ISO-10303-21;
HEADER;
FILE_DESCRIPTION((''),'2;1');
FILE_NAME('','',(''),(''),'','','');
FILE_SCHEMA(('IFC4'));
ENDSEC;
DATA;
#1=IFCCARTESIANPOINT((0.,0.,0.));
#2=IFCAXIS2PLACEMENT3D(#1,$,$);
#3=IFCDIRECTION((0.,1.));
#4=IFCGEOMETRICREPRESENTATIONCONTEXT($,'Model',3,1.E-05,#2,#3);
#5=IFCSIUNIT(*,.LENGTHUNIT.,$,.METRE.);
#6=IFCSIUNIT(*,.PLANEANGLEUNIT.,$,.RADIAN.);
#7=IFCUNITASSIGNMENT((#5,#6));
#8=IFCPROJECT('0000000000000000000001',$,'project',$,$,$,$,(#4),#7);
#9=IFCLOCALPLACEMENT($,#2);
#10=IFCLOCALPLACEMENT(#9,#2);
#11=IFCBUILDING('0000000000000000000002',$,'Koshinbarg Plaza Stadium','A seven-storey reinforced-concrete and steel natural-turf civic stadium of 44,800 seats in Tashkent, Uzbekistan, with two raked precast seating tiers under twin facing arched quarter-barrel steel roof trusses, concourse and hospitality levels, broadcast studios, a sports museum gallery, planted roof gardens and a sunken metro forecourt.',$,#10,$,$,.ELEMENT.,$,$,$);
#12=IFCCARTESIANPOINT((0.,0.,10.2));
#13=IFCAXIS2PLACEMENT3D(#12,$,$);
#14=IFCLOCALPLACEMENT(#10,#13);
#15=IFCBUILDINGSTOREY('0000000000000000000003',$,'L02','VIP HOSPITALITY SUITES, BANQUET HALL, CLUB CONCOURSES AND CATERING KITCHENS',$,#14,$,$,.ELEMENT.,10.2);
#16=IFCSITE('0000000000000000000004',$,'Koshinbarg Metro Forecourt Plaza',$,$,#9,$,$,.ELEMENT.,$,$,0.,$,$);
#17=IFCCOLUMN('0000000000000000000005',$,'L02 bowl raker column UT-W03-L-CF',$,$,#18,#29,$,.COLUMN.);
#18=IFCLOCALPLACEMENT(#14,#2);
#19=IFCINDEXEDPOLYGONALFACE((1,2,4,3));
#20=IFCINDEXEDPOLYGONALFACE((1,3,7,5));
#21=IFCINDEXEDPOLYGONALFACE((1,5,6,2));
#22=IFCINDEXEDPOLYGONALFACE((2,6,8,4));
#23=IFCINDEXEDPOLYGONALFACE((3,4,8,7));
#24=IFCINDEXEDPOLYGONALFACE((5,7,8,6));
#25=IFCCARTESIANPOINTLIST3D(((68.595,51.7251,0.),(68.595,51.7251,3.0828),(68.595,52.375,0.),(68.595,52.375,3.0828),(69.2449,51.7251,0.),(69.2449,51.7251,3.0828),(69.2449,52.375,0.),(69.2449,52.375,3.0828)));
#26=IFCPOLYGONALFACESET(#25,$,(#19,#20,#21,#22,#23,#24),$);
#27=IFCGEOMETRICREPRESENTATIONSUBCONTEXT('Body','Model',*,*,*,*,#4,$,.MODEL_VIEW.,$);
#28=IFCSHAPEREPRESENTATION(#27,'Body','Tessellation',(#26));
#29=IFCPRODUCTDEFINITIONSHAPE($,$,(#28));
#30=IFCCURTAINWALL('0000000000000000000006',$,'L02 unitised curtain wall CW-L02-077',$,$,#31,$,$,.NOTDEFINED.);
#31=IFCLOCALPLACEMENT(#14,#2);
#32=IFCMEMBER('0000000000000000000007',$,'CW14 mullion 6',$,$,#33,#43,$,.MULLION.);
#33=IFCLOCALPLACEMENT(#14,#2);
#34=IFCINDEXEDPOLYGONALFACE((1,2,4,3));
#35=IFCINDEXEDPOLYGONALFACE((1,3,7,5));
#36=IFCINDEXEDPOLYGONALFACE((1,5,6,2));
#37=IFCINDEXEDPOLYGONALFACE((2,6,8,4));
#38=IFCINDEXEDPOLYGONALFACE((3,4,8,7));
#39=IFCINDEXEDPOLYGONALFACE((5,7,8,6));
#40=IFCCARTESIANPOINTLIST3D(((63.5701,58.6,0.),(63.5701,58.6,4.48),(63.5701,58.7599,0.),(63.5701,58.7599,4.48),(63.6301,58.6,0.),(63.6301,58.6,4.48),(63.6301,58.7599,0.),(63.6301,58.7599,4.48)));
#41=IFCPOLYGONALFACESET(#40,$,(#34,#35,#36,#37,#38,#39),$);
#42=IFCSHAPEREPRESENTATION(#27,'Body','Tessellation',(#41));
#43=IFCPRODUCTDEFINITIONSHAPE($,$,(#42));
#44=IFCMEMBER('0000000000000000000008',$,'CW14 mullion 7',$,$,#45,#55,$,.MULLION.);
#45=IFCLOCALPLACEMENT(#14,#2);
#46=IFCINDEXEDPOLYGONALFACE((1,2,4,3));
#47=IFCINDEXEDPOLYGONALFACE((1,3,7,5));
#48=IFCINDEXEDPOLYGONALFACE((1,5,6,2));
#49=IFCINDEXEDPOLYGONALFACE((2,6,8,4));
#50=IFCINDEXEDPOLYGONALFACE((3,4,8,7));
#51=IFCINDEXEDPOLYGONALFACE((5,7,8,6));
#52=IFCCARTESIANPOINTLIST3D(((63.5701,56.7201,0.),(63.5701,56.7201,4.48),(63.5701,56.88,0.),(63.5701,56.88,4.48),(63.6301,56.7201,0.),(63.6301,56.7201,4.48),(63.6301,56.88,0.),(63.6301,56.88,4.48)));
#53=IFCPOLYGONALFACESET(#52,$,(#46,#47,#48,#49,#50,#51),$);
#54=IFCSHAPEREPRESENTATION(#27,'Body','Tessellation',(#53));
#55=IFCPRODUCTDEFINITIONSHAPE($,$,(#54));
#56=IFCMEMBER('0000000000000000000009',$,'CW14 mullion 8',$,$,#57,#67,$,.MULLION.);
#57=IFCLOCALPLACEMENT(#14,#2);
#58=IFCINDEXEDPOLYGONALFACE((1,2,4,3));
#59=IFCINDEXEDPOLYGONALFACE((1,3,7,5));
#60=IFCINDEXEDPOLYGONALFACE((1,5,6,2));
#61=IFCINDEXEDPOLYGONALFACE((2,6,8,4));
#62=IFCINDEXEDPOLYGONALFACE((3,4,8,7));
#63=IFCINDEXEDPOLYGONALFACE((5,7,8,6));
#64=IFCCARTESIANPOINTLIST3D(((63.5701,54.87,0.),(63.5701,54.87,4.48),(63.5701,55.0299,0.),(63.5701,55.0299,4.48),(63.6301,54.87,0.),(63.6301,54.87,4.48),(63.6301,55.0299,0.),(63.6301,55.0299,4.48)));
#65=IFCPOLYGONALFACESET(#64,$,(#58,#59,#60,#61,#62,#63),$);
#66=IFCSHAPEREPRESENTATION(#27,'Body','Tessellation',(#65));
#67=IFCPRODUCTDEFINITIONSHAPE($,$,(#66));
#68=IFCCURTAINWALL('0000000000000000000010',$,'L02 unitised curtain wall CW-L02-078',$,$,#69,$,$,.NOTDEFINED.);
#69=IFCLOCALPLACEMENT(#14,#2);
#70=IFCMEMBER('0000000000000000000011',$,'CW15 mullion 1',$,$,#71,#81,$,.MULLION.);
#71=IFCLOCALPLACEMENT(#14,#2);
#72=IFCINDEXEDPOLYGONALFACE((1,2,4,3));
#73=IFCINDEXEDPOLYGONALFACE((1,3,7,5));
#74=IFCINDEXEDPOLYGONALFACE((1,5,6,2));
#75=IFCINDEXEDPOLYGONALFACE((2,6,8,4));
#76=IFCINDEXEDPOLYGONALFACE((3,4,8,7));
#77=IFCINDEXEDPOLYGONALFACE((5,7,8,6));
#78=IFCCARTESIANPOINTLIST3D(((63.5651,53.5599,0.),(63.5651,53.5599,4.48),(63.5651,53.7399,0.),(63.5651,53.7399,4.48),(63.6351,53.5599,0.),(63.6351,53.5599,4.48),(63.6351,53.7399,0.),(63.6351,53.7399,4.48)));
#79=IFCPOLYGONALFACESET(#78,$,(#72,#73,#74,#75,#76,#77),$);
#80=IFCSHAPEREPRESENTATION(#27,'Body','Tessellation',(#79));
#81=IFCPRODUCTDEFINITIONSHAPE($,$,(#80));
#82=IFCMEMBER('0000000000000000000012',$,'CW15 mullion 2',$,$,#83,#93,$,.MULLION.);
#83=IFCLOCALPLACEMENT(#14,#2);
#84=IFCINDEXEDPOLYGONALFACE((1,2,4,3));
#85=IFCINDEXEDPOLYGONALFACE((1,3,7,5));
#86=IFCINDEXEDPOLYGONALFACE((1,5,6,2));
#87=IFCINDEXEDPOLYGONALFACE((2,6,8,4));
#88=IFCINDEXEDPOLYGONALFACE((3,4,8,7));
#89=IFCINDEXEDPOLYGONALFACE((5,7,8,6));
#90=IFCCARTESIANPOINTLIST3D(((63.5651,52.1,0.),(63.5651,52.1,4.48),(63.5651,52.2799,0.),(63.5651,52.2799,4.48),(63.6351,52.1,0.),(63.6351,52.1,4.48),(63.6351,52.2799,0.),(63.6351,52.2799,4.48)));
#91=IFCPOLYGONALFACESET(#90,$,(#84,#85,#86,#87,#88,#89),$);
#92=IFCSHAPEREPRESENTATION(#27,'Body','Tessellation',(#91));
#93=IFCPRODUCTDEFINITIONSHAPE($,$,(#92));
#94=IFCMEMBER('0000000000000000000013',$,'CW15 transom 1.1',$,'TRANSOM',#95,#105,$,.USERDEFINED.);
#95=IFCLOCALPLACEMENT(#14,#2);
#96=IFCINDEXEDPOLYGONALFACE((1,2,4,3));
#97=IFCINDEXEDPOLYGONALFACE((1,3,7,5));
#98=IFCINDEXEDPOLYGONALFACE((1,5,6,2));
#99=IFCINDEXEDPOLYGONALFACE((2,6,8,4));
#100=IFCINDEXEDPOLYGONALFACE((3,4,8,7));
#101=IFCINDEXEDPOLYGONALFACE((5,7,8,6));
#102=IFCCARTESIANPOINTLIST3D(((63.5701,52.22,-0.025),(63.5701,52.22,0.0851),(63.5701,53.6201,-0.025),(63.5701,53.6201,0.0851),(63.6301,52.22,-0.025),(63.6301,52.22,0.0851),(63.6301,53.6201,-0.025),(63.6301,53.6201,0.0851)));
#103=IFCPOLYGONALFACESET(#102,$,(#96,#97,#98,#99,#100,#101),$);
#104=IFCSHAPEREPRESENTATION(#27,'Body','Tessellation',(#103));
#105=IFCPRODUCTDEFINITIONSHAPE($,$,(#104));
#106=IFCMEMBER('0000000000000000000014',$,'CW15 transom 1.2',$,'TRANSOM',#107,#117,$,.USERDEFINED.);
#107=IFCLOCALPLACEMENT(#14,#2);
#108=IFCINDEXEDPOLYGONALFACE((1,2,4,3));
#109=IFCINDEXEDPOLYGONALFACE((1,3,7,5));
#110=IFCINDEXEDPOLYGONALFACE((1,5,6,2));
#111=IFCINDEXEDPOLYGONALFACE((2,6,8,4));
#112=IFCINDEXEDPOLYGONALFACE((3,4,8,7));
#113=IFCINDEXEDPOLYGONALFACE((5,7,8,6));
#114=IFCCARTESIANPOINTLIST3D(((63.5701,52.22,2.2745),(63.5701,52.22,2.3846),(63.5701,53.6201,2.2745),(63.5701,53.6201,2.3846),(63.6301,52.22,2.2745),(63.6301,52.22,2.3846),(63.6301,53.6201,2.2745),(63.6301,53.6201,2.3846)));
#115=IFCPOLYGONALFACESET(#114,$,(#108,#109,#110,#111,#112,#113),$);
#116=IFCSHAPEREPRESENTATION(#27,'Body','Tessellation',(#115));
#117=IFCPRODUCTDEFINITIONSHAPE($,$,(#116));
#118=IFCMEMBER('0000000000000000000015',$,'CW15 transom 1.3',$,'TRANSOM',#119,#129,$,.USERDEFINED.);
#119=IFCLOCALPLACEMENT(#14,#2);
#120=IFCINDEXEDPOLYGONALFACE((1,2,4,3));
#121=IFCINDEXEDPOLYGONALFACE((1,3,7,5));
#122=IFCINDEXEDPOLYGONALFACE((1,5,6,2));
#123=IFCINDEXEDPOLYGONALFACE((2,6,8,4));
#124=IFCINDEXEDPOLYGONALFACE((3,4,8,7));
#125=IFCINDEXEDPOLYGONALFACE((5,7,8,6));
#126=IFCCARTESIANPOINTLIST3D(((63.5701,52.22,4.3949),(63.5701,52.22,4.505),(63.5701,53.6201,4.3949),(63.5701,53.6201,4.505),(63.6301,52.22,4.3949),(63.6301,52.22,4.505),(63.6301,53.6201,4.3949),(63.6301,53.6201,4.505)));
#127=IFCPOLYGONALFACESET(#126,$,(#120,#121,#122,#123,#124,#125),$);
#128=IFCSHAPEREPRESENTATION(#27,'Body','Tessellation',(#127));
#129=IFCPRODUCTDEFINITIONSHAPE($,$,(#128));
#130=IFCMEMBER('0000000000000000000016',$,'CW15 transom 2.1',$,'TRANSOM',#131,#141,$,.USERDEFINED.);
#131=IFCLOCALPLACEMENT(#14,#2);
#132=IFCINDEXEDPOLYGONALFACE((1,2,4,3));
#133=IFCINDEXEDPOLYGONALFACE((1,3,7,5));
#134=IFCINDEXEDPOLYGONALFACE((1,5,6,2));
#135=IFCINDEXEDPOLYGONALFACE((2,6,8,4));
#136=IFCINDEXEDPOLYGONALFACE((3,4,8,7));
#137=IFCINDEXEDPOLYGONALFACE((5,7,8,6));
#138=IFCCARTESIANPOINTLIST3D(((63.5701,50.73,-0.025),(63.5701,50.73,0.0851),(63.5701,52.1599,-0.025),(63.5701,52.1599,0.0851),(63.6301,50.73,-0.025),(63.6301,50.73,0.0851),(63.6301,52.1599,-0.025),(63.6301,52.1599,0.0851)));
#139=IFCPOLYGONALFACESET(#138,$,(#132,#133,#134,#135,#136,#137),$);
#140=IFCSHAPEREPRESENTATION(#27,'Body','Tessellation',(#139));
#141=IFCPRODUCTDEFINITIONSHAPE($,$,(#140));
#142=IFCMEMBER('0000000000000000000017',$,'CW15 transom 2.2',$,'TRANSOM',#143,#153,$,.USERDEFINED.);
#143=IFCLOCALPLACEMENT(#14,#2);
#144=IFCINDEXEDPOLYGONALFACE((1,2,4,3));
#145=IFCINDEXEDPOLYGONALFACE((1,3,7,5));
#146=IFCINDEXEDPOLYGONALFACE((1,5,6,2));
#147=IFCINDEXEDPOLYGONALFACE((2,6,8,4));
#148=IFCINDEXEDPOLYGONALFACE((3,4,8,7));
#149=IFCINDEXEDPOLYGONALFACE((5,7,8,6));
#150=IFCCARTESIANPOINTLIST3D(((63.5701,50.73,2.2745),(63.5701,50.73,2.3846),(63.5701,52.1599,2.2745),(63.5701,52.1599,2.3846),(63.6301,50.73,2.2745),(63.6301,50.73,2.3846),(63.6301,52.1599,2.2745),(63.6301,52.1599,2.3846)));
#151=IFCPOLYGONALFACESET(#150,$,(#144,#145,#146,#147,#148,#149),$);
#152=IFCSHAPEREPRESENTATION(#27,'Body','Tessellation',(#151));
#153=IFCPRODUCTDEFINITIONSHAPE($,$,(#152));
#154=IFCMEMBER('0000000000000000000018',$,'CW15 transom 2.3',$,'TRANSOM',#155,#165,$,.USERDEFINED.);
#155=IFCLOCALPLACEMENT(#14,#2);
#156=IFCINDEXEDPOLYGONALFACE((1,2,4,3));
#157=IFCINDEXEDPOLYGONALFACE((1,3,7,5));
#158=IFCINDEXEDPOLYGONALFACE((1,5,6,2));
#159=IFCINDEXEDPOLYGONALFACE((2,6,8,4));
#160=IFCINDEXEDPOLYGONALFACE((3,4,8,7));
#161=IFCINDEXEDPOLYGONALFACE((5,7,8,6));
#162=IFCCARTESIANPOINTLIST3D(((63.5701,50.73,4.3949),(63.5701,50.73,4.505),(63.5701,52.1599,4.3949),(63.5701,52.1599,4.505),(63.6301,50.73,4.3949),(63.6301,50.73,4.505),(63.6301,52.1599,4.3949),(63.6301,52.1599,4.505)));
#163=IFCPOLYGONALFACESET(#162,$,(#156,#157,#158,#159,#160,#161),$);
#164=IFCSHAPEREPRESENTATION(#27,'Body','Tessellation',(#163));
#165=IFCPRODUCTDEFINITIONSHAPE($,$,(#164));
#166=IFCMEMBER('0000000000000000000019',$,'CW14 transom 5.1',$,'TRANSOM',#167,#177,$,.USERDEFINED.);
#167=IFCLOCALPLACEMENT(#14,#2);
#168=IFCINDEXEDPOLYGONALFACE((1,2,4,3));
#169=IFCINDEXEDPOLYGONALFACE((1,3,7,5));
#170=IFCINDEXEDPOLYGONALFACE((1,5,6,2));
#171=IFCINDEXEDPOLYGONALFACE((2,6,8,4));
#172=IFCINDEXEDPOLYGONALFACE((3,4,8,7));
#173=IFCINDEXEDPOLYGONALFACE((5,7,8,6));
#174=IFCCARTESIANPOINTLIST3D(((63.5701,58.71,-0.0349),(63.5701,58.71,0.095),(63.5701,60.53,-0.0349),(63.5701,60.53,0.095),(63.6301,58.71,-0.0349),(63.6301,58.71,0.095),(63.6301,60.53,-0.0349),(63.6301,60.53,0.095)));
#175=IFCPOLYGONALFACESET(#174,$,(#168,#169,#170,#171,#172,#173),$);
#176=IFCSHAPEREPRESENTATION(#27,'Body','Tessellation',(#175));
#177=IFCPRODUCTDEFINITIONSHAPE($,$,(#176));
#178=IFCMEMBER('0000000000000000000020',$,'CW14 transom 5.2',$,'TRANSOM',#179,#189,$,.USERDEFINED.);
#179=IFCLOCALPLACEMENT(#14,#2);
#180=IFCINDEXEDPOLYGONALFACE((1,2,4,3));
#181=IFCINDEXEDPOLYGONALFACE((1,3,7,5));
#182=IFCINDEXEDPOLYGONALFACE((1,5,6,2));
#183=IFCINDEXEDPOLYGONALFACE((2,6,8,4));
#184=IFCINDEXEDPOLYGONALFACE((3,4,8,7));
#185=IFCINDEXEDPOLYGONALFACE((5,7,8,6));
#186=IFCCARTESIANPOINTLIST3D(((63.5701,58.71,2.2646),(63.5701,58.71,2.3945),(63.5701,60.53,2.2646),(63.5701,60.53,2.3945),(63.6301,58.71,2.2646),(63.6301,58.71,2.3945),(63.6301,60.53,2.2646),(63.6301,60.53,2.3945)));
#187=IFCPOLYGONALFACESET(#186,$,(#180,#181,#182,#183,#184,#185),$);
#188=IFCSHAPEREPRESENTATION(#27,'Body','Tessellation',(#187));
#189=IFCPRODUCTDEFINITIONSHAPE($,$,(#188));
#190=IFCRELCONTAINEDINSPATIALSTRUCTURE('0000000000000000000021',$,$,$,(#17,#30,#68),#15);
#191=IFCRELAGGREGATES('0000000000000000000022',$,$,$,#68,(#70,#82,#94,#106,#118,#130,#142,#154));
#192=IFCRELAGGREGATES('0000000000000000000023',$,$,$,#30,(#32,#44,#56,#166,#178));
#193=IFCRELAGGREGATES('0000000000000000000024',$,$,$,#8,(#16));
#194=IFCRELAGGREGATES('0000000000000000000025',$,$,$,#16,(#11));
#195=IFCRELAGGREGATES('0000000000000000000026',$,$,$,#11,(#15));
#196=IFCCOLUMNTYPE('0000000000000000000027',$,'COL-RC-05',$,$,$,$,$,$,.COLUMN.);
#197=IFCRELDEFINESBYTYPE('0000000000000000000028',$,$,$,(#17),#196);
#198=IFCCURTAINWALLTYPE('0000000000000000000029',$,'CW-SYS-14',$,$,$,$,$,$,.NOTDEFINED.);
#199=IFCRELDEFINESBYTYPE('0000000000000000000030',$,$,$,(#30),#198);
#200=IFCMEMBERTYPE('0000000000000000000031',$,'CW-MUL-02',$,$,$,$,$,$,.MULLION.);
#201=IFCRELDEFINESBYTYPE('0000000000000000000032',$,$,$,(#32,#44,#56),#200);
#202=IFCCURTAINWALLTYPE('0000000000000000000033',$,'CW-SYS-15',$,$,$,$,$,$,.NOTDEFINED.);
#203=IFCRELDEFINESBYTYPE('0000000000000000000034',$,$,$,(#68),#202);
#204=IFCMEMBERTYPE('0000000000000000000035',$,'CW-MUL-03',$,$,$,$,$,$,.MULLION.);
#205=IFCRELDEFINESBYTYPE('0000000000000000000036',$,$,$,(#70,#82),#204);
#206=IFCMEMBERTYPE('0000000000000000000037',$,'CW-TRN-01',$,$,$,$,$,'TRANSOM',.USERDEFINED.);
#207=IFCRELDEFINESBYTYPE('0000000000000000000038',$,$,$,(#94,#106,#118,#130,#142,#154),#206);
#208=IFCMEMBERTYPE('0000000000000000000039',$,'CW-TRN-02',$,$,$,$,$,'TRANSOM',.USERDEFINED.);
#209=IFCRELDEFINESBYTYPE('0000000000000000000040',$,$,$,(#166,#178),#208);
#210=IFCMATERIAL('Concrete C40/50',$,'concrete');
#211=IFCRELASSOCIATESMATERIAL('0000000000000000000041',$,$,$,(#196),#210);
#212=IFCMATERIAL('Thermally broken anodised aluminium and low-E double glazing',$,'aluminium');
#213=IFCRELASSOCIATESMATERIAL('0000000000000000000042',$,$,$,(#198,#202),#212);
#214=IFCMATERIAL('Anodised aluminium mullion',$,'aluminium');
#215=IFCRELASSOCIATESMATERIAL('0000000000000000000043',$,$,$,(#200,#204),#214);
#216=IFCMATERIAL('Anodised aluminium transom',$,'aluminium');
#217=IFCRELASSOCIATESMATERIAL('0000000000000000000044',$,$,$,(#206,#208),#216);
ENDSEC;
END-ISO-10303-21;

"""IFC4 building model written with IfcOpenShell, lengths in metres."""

from ifc_helpers import new_model, si_unit, direction, frame, origin, origin_2d, place, context, subcontext, project, spatial, rectangle, extrude, material, material_profile, profile_set, type_object, element, aggregate, save


model = new_model("IFC4")

# Units and contexts
model_context = context("Model", 3, precision=1e-05, world=origin(), true_north=direction((0.0, 1.0)))
body_context = subcontext(model_context, "Body", "Model", "MODEL_VIEW")
ifc_project = project(units=[si_unit("LENGTHUNIT", "METRE"), si_unit("PLANEANGLEUNIT", "RADIAN")], contexts=[model_context])

# Site, building, storey
site_placement = place(None, origin())
site = spatial("IfcSite", under=ifc_project, at=site_placement, Name="Koshinbarg Metro Forecourt Plaza", CompositionType="ELEMENT", RefElevation=0.0)
building_placement = place(site_placement, origin())
building = spatial("IfcBuilding", under=site, at=building_placement, Name="Koshinbarg Plaza Stadium", Description="A seven-storey reinforced-concrete and steel natural-turf civic stadium of 44,800 seats in Tashkent, Uzbekistan, with two raked precast seating tiers under twin facing arched quarter-barrel steel roof trusses, concourse and hospitality levels, broadcast studios, a sports museum gallery, planted roof gardens and a sunken metro forecourt.", CompositionType="ELEMENT")
storey_placement = place(building_placement, frame((0.0, 0.0, 10.2)))
storey = spatial("IfcBuildingStorey", under=building, at=storey_placement, Name="L02", Description="VIP HOSPITALITY SUITES, BANQUET HALL, CLUB CONCOURSES AND CATERING KITCHENS", CompositionType="ELEMENT", Elevation=10.2)

# Column
ifc_material_1 = material(Name="Concrete C40/50", Category="concrete")
ifc_material_profile_1 = material_profile(ifc_material_1, rectangle(XDim=0.6499, YDim=0.6499, at=origin_2d()), Name="RC 650x650")
ifc_profile_set_1 = profile_set([ifc_material_profile_1], Name="Concrete C40/50")
column_type = type_object("IfcColumnType", Name="COL-RC-05", PredefinedType="COLUMN", material=ifc_profile_set_1)
column_placement = place(storey_placement, frame((68.9199, 52.05, 0.0), z_axis=(0.0, 0.0, 1.0), x_axis=(1.0, 0.0, 0.0)))
element("IfcColumn", 1, at=column_placement, inside=storey, type_object=column_type, Name="L02 bowl raker column UT-W03-L-CF", PredefinedType="COLUMN", context=body_context, shape_type="SweptSolid", body=[
    extrude(rectangle(XDim=0.6499, YDim=0.6499, at=origin_2d()), origin(), (0.0, 0.0, 1.0), 3.0828),
])

# Curtain walls, members
ifc_material_2 = material(Name="Thermally broken anodised aluminium and low-E double glazing", Category="aluminium")
curtain_wall_type_1 = type_object("IfcCurtainWallType", Name="CW-SYS-14", PredefinedType="NOTDEFINED", material=ifc_material_2)
curtain_wall_1_placement = place(storey_placement, origin())
curtain_wall_1 = element("IfcCurtainWall", 2, at=curtain_wall_1_placement, inside=storey, type_object=curtain_wall_type_1, Name="L02 unitised curtain wall CW-L02-077", PredefinedType="NOTDEFINED")
ifc_material_3 = material(Name="Anodised aluminium mullion", Category="aluminium")
ifc_material_profile_2 = material_profile(ifc_material_3, rectangle(XDim=0.0601, YDim=0.1599, at=origin_2d()), Name="ALU 60x160")
ifc_profile_set_2 = profile_set([ifc_material_profile_2], Name="Anodised aluminium mullion")
member_type_1 = type_object("IfcMemberType", Name="CW-MUL-02", PredefinedType="MULLION", material=ifc_profile_set_2)
member_1_placement = place(storey_placement, frame((63.6001, 58.6799, 0.0), z_axis=(0.0, 0.0, 1.0), x_axis=(1.0, 0.0, 0.0)))
member_1 = element("IfcMember", 3, at=member_1_placement, type_object=member_type_1, Name="CW14 mullion 6", PredefinedType="MULLION", context=body_context, shape_type="SweptSolid", body=[
    extrude(rectangle(XDim=0.0601, YDim=0.1599, at=origin_2d()), origin(), (0.0, 0.0, 1.0), 4.48),
])
member_2_placement = place(storey_placement, frame((63.6001, 56.8, 0.0), z_axis=(0.0, 0.0, 1.0), x_axis=(1.0, 0.0, 0.0)))
member_2 = element("IfcMember", 4, at=member_2_placement, type_object=member_type_1, Name="CW14 mullion 7", PredefinedType="MULLION", context=body_context, shape_type="SweptSolid", body=[
    extrude(rectangle(XDim=0.0601, YDim=0.1599, at=origin_2d()), origin(), (0.0, 0.0, 1.0), 4.48),
])
member_3_placement = place(storey_placement, frame((63.6001, 54.95, 0.0), z_axis=(0.0, 0.0, 1.0), x_axis=(1.0, 0.0, 0.0)))
member_3 = element("IfcMember", 5, at=member_3_placement, type_object=member_type_1, Name="CW14 mullion 8", PredefinedType="MULLION", context=body_context, shape_type="SweptSolid", body=[
    extrude(rectangle(XDim=0.0601, YDim=0.1599, at=origin_2d()), origin(), (0.0, 0.0, 1.0), 4.48),
])
curtain_wall_type_2 = type_object("IfcCurtainWallType", Name="CW-SYS-15", PredefinedType="NOTDEFINED", material=ifc_material_2)
curtain_wall_2_placement = place(storey_placement, origin())
curtain_wall_2 = element("IfcCurtainWall", 6, at=curtain_wall_2_placement, inside=storey, type_object=curtain_wall_type_2, Name="L02 unitised curtain wall CW-L02-078", PredefinedType="NOTDEFINED")
ifc_material_profile_3 = material_profile(ifc_material_3, rectangle(XDim=0.0701, YDim=0.1799, at=origin_2d()), Name="ALU 70x180")
ifc_profile_set_3 = profile_set([ifc_material_profile_3], Name="Anodised aluminium mullion")
member_type_2 = type_object("IfcMemberType", Name="CW-MUL-03", PredefinedType="MULLION", material=ifc_profile_set_3)
member_4_placement = place(storey_placement, frame((63.6001, 53.6499, 0.0), z_axis=(0.0, 0.0, 1.0), x_axis=(1.0, 0.0, 0.0)))
member_4 = element("IfcMember", 7, at=member_4_placement, type_object=member_type_2, Name="CW15 mullion 1", PredefinedType="MULLION", context=body_context, shape_type="SweptSolid", body=[
    extrude(rectangle(XDim=0.0701, YDim=0.1799, at=origin_2d()), origin(), (0.0, 0.0, 1.0), 4.48),
])
member_5_placement = place(storey_placement, frame((63.6001, 52.1899, 0.0), z_axis=(0.0, 0.0, 1.0), x_axis=(1.0, 0.0, 0.0)))
member_5 = element("IfcMember", 8, at=member_5_placement, type_object=member_type_2, Name="CW15 mullion 2", PredefinedType="MULLION", context=body_context, shape_type="SweptSolid", body=[
    extrude(rectangle(XDim=0.0701, YDim=0.1799, at=origin_2d()), origin(), (0.0, 0.0, 1.0), 4.48),
])
ifc_material_4 = material(Name="Anodised aluminium transom", Category="aluminium")
ifc_material_profile_4 = material_profile(ifc_material_4, rectangle(XDim=0.0601, YDim=0.1101, at=origin_2d()), Name="ALU 60x110")
ifc_profile_set_4 = profile_set([ifc_material_profile_4], Name="Anodised aluminium transom")
member_type_3 = type_object("IfcMemberType", Name="CW-TRN-01", ElementType="TRANSOM", PredefinedType="USERDEFINED", material=ifc_profile_set_4)
member_6_placement = place(storey_placement, frame((63.6001, 53.6201, 0.03), z_axis=(0.0, -1.0, 0.0), x_axis=(1.0, 0.0, 0.0)))
member_6 = element("IfcMember", 9, at=member_6_placement, type_object=member_type_3, Name="CW15 transom 1.1", ObjectType="TRANSOM", PredefinedType="USERDEFINED", context=body_context, shape_type="SweptSolid", body=[
    extrude(rectangle(XDim=0.0601, YDim=0.1101, at=origin_2d()), origin(), (0.0, 0.0, 1.0), 1.4001),
])
member_7_placement = place(storey_placement, frame((63.6001, 53.6201, 2.3296), z_axis=(0.0, -1.0, 0.0), x_axis=(1.0, 0.0, 0.0)))
member_7 = element("IfcMember", 10, at=member_7_placement, type_object=member_type_3, Name="CW15 transom 1.2", ObjectType="TRANSOM", PredefinedType="USERDEFINED", context=body_context, shape_type="SweptSolid", body=[
    extrude(rectangle(XDim=0.0601, YDim=0.1101, at=origin_2d()), origin(), (0.0, 0.0, 1.0), 1.4001),
])
member_8_placement = place(storey_placement, frame((63.6001, 53.6201, 4.45), z_axis=(0.0, -1.0, 0.0), x_axis=(1.0, 0.0, 0.0)))
member_8 = element("IfcMember", 11, at=member_8_placement, type_object=member_type_3, Name="CW15 transom 1.3", ObjectType="TRANSOM", PredefinedType="USERDEFINED", context=body_context, shape_type="SweptSolid", body=[
    extrude(rectangle(XDim=0.0601, YDim=0.1101, at=origin_2d()), origin(), (0.0, 0.0, 1.0), 1.4001),
])
member_9_placement = place(storey_placement, frame((63.6001, 52.1599, 0.03), z_axis=(0.0, -1.0, 0.0), x_axis=(1.0, 0.0, 0.0)))
member_9 = element("IfcMember", 12, at=member_9_placement, type_object=member_type_3, Name="CW15 transom 2.1", ObjectType="TRANSOM", PredefinedType="USERDEFINED", context=body_context, shape_type="SweptSolid", body=[
    extrude(rectangle(XDim=0.0601, YDim=0.1101, at=origin_2d()), origin(), (0.0, 0.0, 1.0), 1.4299),
])
member_10_placement = place(storey_placement, frame((63.6001, 52.1599, 2.3296), z_axis=(0.0, -1.0, 0.0), x_axis=(1.0, 0.0, 0.0)))
member_10 = element("IfcMember", 13, at=member_10_placement, type_object=member_type_3, Name="CW15 transom 2.2", ObjectType="TRANSOM", PredefinedType="USERDEFINED", context=body_context, shape_type="SweptSolid", body=[
    extrude(rectangle(XDim=0.0601, YDim=0.1101, at=origin_2d()), origin(), (0.0, 0.0, 1.0), 1.4299),
])
member_11_placement = place(storey_placement, frame((63.6001, 52.1599, 4.45), z_axis=(0.0, -1.0, 0.0), x_axis=(1.0, 0.0, 0.0)))
member_11 = element("IfcMember", 14, at=member_11_placement, type_object=member_type_3, Name="CW15 transom 2.3", ObjectType="TRANSOM", PredefinedType="USERDEFINED", context=body_context, shape_type="SweptSolid", body=[
    extrude(rectangle(XDim=0.0601, YDim=0.1101, at=origin_2d()), origin(), (0.0, 0.0, 1.0), 1.4299),
])

# Members
ifc_material_profile_5 = material_profile(ifc_material_4, rectangle(XDim=0.0601, YDim=0.1299, at=origin_2d()), Name="ALU 60x130")
ifc_profile_set_5 = profile_set([ifc_material_profile_5], Name="Anodised aluminium transom")
member_type_4 = type_object("IfcMemberType", Name="CW-TRN-02", ElementType="TRANSOM", PredefinedType="USERDEFINED", material=ifc_profile_set_5)
member_12_placement = place(storey_placement, frame((63.6001, 60.53, 0.03), z_axis=(0.0, -1.0, 0.0), x_axis=(1.0, 0.0, 0.0)))
member_12 = element("IfcMember", 15, at=member_12_placement, type_object=member_type_4, Name="CW14 transom 5.1", ObjectType="TRANSOM", PredefinedType="USERDEFINED", context=body_context, shape_type="SweptSolid", body=[
    extrude(rectangle(XDim=0.0601, YDim=0.1299, at=origin_2d()), origin(), (0.0, 0.0, 1.0), 1.8201),
])
member_13_placement = place(storey_placement, frame((63.6001, 60.53, 2.3296), z_axis=(0.0, -1.0, 0.0), x_axis=(1.0, 0.0, 0.0)))
member_13 = element("IfcMember", 16, at=member_13_placement, type_object=member_type_4, Name="CW14 transom 5.2", ObjectType="TRANSOM", PredefinedType="USERDEFINED", context=body_context, shape_type="SweptSolid", body=[
    extrude(rectangle(XDim=0.0601, YDim=0.1299, at=origin_2d()), origin(), (0.0, 0.0, 1.0), 1.8201),
])

aggregate(curtain_wall_2, [member_4, member_5, member_6, member_7, member_8, member_9, member_10, member_11])
aggregate(curtain_wall_1, [member_1, member_2, member_3, member_12, member_13])

save(model, "model.ifc")
